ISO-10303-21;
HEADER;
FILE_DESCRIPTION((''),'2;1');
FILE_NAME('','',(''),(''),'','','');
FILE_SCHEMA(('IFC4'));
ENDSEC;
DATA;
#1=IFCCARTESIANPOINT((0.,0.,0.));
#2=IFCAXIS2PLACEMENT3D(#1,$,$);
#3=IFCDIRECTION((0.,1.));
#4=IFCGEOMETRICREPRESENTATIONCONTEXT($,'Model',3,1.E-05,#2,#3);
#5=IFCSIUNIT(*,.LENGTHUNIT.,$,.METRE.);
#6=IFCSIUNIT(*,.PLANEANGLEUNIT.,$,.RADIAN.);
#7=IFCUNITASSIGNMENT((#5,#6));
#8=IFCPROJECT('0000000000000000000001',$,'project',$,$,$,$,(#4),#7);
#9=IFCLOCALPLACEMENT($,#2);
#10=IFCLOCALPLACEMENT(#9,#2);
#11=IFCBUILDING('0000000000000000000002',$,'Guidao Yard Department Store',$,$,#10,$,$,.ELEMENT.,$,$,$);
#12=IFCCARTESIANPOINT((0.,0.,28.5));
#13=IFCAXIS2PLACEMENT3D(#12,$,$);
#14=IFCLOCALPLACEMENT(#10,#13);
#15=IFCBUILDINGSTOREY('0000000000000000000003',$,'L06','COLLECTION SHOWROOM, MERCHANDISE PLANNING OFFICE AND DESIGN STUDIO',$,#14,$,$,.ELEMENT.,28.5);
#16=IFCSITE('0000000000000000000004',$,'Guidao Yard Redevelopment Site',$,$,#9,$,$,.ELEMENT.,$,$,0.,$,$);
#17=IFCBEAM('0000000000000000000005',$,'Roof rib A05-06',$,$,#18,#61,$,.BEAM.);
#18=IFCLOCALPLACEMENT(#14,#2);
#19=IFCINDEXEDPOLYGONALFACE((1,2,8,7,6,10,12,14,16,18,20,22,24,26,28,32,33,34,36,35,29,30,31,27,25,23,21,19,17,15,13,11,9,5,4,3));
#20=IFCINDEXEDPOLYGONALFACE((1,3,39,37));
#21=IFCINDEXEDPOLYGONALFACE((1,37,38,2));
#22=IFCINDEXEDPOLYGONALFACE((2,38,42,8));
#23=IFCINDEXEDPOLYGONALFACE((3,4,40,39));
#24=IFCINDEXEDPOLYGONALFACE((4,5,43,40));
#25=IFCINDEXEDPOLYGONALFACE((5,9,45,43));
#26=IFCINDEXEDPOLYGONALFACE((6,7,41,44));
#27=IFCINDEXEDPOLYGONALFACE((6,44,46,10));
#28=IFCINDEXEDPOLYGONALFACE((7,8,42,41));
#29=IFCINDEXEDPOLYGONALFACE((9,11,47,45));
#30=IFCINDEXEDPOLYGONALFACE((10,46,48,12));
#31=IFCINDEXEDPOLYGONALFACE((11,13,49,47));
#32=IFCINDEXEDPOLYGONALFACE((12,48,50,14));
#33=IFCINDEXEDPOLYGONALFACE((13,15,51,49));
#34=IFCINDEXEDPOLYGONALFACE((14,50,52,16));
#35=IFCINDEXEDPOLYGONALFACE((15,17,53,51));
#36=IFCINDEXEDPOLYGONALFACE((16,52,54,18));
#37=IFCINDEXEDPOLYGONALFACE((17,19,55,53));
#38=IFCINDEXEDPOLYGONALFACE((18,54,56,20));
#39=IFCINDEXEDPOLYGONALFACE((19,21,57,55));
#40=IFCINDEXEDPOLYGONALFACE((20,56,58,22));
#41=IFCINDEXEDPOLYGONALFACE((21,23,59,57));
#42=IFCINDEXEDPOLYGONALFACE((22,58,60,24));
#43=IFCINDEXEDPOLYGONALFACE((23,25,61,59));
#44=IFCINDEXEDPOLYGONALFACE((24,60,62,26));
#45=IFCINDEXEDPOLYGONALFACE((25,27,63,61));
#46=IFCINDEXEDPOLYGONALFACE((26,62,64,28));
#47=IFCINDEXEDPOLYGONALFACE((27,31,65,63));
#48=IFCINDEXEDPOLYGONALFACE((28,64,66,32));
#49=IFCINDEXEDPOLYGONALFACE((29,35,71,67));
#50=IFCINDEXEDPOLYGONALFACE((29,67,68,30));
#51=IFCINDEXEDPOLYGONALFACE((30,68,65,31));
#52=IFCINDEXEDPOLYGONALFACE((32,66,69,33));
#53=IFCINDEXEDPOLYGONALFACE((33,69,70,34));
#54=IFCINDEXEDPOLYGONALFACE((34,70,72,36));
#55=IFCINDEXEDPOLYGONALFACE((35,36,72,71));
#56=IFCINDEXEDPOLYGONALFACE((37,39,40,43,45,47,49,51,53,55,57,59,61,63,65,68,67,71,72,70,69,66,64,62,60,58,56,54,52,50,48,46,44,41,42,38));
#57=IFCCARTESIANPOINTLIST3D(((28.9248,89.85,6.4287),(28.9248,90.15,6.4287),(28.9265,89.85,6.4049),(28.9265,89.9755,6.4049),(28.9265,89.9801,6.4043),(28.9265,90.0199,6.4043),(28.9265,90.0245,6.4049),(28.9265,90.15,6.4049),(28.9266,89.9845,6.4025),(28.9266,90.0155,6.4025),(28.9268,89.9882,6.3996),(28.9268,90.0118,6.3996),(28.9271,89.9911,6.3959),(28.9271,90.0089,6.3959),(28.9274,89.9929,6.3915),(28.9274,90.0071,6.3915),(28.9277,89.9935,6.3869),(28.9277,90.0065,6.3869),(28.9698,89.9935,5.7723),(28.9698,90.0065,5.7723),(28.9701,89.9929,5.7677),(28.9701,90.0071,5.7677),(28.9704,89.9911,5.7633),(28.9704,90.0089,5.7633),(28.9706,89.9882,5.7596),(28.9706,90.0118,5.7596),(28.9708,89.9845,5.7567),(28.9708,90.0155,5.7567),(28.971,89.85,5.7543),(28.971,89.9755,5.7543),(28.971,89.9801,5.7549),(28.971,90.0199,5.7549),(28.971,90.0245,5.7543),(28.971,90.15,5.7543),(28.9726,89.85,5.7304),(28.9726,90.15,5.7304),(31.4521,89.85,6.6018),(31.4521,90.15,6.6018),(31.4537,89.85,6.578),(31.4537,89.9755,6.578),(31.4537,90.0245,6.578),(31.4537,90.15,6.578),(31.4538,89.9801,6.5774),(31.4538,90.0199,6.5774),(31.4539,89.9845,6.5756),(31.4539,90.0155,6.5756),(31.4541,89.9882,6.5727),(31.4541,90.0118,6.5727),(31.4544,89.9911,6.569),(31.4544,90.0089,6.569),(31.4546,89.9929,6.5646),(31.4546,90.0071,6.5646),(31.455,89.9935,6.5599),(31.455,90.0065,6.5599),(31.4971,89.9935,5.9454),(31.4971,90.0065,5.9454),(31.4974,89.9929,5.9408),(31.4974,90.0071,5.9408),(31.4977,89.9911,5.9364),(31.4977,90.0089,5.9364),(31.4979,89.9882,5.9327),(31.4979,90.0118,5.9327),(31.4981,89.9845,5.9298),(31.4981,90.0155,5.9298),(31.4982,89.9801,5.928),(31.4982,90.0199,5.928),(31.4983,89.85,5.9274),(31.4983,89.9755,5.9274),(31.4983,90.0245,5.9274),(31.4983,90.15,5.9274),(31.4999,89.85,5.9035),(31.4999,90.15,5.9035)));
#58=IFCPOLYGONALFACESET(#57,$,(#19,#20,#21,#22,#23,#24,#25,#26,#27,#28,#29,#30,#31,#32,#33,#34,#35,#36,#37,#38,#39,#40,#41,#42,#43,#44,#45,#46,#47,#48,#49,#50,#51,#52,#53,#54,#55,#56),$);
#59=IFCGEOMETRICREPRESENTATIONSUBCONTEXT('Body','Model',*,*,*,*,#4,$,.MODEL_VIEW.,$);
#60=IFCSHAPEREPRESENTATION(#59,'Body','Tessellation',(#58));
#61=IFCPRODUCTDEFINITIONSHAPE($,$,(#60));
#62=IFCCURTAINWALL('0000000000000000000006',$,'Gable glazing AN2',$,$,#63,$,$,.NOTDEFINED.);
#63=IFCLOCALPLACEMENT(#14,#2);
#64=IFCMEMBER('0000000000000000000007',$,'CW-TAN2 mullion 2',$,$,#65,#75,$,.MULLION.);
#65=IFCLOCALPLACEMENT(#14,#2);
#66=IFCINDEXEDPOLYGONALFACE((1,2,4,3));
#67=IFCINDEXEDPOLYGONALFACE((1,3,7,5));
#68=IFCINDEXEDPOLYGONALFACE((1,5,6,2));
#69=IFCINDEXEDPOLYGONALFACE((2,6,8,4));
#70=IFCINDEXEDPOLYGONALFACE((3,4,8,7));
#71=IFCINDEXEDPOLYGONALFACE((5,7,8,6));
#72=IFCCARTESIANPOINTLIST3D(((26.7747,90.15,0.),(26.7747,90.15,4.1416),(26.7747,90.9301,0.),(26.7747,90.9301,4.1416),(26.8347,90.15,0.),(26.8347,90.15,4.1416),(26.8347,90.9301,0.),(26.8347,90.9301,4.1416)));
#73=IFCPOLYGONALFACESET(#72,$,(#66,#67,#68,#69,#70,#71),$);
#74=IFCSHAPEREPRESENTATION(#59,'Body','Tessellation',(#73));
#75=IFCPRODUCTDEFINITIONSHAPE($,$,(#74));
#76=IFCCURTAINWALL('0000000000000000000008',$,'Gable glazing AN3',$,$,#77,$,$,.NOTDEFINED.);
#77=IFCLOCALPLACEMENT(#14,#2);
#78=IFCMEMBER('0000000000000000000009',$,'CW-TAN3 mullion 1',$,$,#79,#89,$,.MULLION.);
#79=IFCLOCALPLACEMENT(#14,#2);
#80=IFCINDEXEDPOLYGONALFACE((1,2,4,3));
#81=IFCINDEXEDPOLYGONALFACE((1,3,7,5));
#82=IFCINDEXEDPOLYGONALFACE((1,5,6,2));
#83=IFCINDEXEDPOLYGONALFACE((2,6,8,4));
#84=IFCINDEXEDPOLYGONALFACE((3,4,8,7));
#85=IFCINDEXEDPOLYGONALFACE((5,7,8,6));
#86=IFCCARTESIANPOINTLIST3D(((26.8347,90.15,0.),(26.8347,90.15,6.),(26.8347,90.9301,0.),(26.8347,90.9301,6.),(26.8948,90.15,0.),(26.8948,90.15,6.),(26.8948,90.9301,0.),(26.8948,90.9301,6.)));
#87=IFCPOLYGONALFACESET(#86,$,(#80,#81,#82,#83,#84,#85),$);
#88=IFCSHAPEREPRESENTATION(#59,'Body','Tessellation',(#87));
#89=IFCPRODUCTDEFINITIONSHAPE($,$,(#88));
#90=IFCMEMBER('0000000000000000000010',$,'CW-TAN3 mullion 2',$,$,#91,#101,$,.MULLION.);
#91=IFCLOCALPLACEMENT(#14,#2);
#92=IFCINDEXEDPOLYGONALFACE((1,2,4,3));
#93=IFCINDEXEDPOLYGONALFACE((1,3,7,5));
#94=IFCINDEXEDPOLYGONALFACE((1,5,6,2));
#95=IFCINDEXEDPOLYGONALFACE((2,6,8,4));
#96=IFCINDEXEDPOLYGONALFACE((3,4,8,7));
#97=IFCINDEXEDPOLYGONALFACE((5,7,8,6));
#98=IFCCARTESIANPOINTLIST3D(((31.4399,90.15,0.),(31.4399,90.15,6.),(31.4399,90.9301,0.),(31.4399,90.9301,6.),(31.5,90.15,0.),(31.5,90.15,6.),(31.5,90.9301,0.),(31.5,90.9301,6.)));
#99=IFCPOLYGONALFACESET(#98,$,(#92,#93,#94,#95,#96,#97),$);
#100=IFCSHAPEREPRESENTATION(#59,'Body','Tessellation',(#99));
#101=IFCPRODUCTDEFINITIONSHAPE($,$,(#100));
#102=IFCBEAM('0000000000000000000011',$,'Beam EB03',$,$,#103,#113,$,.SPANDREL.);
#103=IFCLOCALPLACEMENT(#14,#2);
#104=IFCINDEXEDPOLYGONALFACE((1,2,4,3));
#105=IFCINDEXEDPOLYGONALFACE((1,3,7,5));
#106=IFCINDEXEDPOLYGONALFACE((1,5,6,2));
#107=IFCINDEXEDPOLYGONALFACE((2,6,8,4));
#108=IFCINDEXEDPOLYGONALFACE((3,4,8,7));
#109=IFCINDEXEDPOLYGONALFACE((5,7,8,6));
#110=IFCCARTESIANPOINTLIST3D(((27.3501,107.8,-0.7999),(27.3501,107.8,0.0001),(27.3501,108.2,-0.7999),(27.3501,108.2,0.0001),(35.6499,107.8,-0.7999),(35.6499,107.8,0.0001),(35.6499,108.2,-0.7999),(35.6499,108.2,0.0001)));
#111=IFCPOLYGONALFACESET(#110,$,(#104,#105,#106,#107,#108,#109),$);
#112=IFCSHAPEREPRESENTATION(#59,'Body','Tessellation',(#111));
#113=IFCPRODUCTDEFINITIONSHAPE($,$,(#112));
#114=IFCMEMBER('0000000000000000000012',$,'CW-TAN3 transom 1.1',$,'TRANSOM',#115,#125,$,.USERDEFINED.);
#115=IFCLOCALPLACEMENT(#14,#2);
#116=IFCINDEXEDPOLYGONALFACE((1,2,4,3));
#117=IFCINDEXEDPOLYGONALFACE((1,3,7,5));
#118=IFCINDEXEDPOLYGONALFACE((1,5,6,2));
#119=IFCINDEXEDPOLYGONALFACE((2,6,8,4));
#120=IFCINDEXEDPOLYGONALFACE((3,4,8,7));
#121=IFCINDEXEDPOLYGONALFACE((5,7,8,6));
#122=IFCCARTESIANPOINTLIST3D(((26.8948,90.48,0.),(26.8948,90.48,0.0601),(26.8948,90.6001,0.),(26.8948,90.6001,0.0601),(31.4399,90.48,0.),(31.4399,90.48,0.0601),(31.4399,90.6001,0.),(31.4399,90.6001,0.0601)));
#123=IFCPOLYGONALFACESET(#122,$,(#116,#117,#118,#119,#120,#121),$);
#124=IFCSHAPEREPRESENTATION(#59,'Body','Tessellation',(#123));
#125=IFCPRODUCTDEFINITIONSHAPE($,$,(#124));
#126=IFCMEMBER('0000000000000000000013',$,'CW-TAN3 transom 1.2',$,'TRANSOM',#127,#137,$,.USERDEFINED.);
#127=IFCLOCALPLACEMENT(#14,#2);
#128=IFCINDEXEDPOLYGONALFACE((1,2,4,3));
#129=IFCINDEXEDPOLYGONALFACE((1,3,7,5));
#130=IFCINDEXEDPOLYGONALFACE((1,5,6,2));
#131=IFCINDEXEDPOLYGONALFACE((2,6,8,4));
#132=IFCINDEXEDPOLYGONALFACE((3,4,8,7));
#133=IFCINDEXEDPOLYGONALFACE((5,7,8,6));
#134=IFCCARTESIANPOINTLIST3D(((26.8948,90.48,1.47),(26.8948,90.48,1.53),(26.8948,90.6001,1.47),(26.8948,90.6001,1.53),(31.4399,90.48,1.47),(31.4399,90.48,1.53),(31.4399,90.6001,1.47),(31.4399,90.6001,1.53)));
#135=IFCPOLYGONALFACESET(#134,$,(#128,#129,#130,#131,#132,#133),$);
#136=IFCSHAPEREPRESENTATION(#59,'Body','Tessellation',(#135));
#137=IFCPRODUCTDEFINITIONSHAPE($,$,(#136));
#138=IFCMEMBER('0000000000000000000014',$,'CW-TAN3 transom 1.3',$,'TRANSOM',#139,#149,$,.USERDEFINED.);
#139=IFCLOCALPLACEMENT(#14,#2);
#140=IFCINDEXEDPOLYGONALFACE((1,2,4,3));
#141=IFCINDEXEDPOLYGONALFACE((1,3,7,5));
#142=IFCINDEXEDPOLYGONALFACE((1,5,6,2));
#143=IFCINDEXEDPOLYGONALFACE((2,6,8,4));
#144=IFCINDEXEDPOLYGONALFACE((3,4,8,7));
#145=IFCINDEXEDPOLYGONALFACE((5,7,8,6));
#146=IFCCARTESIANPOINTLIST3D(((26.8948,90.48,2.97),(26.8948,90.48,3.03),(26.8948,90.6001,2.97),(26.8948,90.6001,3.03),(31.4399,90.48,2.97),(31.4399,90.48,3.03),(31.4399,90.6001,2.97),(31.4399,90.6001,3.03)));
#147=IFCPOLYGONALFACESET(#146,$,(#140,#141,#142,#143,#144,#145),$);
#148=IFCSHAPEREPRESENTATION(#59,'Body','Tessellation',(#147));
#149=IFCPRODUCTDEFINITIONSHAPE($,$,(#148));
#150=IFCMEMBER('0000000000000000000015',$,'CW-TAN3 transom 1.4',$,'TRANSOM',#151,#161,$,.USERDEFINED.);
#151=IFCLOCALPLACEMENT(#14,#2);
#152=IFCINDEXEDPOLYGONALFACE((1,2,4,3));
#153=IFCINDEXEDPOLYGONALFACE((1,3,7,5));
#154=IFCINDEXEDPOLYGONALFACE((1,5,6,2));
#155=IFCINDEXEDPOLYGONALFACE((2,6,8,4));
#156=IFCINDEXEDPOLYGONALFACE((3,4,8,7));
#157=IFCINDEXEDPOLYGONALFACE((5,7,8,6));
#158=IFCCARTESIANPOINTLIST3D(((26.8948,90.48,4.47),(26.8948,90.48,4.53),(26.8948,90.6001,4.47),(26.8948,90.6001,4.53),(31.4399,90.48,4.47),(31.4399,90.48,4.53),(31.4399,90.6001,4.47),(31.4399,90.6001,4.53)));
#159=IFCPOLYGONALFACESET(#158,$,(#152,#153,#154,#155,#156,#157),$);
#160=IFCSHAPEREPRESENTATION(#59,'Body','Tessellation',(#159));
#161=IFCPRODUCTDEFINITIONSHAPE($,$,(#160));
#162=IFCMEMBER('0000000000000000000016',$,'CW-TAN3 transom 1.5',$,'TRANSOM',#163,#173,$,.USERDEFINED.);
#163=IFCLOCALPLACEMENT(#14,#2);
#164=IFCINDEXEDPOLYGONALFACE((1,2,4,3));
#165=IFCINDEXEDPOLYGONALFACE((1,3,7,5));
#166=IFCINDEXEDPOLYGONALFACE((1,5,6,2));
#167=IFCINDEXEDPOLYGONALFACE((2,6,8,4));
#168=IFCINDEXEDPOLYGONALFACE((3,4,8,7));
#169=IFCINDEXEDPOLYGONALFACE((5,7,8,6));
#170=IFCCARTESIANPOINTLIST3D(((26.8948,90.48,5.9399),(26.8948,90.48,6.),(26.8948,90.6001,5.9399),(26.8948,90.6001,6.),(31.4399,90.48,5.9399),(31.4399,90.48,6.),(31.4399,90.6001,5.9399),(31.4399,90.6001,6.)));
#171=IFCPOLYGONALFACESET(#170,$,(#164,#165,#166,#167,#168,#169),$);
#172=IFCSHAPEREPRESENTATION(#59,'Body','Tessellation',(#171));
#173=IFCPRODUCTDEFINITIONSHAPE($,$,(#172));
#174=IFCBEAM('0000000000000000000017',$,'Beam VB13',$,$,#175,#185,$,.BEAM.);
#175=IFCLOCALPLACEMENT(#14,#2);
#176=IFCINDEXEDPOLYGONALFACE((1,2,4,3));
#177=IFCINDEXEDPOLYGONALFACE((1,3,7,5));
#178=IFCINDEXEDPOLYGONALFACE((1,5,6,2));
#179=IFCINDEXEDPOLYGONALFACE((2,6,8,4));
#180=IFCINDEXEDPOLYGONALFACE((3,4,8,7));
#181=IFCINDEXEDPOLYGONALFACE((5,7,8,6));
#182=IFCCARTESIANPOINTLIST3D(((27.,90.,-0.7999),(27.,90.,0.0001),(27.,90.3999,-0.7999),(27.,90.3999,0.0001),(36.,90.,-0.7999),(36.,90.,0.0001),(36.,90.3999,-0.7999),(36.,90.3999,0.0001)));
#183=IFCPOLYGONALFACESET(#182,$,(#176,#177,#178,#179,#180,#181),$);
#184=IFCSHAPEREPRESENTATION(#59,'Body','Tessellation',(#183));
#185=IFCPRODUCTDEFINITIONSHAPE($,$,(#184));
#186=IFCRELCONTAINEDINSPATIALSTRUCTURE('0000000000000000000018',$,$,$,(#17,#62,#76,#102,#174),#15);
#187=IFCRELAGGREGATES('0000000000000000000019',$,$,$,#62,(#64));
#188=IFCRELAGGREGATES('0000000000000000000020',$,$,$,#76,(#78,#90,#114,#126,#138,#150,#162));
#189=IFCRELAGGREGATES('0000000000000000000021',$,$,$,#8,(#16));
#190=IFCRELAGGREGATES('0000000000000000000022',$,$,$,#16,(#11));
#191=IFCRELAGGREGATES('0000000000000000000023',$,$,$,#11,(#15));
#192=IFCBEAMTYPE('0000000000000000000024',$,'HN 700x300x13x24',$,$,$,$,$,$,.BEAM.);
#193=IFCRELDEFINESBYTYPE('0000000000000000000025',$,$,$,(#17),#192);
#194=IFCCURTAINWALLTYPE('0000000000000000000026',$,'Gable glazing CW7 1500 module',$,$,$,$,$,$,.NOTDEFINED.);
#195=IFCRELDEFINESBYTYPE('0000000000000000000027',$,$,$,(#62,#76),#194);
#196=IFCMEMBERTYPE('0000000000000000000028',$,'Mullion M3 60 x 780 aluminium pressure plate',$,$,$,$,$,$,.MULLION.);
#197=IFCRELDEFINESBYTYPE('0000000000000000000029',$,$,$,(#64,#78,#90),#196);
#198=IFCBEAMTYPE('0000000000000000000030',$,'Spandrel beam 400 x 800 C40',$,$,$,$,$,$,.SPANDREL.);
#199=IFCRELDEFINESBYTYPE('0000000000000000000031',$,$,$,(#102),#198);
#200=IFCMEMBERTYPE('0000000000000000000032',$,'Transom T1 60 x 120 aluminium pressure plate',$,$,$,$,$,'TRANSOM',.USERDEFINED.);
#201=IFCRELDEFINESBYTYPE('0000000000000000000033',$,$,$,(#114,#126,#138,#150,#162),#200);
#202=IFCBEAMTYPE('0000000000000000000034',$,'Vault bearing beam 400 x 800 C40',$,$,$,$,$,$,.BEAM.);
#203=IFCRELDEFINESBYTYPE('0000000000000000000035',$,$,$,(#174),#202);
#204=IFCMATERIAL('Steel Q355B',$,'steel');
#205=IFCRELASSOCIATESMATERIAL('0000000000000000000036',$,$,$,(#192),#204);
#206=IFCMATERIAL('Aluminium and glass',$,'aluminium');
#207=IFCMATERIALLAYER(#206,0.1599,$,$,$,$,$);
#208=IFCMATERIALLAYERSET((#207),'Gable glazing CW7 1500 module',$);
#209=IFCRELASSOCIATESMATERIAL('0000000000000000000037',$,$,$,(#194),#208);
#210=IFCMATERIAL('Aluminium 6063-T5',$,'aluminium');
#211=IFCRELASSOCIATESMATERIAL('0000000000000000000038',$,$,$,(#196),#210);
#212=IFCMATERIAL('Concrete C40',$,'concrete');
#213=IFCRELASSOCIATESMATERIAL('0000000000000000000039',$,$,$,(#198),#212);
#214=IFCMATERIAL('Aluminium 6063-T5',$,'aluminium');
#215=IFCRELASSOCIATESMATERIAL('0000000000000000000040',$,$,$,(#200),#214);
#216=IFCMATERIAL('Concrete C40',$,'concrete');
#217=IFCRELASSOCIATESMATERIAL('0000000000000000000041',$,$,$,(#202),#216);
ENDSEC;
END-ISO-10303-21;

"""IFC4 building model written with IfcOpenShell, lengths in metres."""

from ifc_helpers import new_model, si_unit, direction, frame, origin, origin_2d, place, context, subcontext, project, spatial, rectangle, i_section, extrude, material, layer, layer_set, material_profile, profile_set, type_object, element, aggregate, save


model = new_model("IFC4")

# Units and contexts
model_context = context("Model", 3, precision=1e-05, world=origin(), true_north=direction((0.0, 1.0)))
body_context = subcontext(model_context, "Body", "Model", "MODEL_VIEW")
ifc_project = project(units=[si_unit("LENGTHUNIT", "METRE"), si_unit("PLANEANGLEUNIT", "RADIAN")], contexts=[model_context])

# Site, building, storey
site_placement = place(None, origin())
site = spatial("IfcSite", under=ifc_project, at=site_placement, Name="Guidao Yard Redevelopment Site", CompositionType="ELEMENT", RefElevation=0.0)
building_placement = place(site_placement, origin())
building = spatial("IfcBuilding", under=site, at=building_placement, Name="Guidao Yard Department Store", CompositionType="ELEMENT")
storey_placement = place(building_placement, frame((0.0, 0.0, 28.5)))
storey = spatial("IfcBuildingStorey", under=building, at=storey_placement, Name="L06", Description="COLLECTION SHOWROOM, MERCHANDISE PLANNING OFFICE AND DESIGN STUDIO", CompositionType="ELEMENT", Elevation=28.5)

# Beam
ifc_material_1 = material(Name="Steel Q355B", Category="steel")
ifc_material_profile_1 = material_profile(ifc_material_1, i_section(OverallWidth=0.3, OverallDepth=0.7, WebThickness=0.0129, FlangeThickness=0.0239, FilletRadius=0.0181, at=origin_2d()), Name="HN 700x300x13x24")
ifc_profile_set_1 = profile_set([ifc_material_profile_1], Name="Steel Q355B")
beam_type_1 = type_object("IfcBeamType", Name="HN 700x300x13x24", PredefinedType="BEAM", material=ifc_profile_set_1)
beam_1_placement = place(storey_placement, frame((28.9487, 90.0, 6.0796), z_axis=(0.997663, 0.0, 0.068329), x_axis=(0.0, 1.0, 0.0)))
element("IfcBeam", 1, at=beam_1_placement, inside=storey, type_object=beam_type_1, Name="Roof rib A05-06", PredefinedType="BEAM", context=body_context, shape_type="SweptSolid", body=[
    extrude(i_section(OverallWidth=0.3, OverallDepth=0.7, WebThickness=0.0129, FlangeThickness=0.0239, FilletRadius=0.0181, at=origin_2d()), origin(), (0.0, 0.0, 1.0), 2.5332),
])

# Curtain wall, member
ifc_material_2 = material(Name="Aluminium and glass", Category="aluminium")
ifc_layer_1 = layer(ifc_material_2, 0.1599)
ifc_layer_set_1 = layer_set([ifc_layer_1], Name="Gable glazing CW7 1500 module")
curtain_wall_type = type_object("IfcCurtainWallType", Name="Gable glazing CW7 1500 module", PredefinedType="NOTDEFINED", material=ifc_layer_set_1)
curtain_wall_1_placement = place(storey_placement, origin())
curtain_wall_1 = element("IfcCurtainWall", 2, at=curtain_wall_1_placement, inside=storey, type_object=curtain_wall_type, Name="Gable glazing AN2", PredefinedType="NOTDEFINED")
ifc_material_3 = material(Name="Aluminium 6063-T5", Category="aluminium")
ifc_material_profile_2 = material_profile(ifc_material_3, rectangle(XDim=0.0601, YDim=0.78, at=origin_2d()), Name="Mullion M3 60 x 780 aluminium pressure plate")
ifc_profile_set_2 = profile_set([ifc_material_profile_2], Name="Aluminium 6063-T5")
member_type_1 = type_object("IfcMemberType", Name="Mullion M3 60 x 780 aluminium pressure plate", PredefinedType="MULLION", material=ifc_profile_set_2)
member_1_placement = place(storey_placement, frame((26.8047, 90.54, 0.0), z_axis=(0.0, 0.0, 1.0), x_axis=(1.0, 0.0, 0.0)))
member_1 = element("IfcMember", 3, at=member_1_placement, type_object=member_type_1, Name="CW-TAN2 mullion 2", PredefinedType="MULLION", context=body_context, shape_type="SweptSolid", body=[
    extrude(rectangle(XDim=0.0601, YDim=0.78, at=origin_2d()), origin(), (0.0, 0.0, 1.0), 4.1416),
])

# Curtain wall, members
curtain_wall_2_placement = place(storey_placement, origin())
curtain_wall_2 = element("IfcCurtainWall", 4, at=curtain_wall_2_placement, inside=storey, type_object=curtain_wall_type, Name="Gable glazing AN3", PredefinedType="NOTDEFINED")
member_2_placement = place(storey_placement, frame((26.8647, 90.54, 0.0), z_axis=(0.0, 0.0, 1.0), x_axis=(1.0, 0.0, 0.0)))
member_2 = element("IfcMember", 5, at=member_2_placement, type_object=member_type_1, Name="CW-TAN3 mullion 1", PredefinedType="MULLION", context=body_context, shape_type="SweptSolid", body=[
    extrude(rectangle(XDim=0.0601, YDim=0.78, at=origin_2d()), origin(), (0.0, 0.0, 1.0), 6.0),
])
member_3_placement = place(storey_placement, frame((31.47, 90.54, 0.0), z_axis=(0.0, 0.0, 1.0), x_axis=(1.0, 0.0, 0.0)))
member_3 = element("IfcMember", 6, at=member_3_placement, type_object=member_type_1, Name="CW-TAN3 mullion 2", PredefinedType="MULLION", context=body_context, shape_type="SweptSolid", body=[
    extrude(rectangle(XDim=0.0601, YDim=0.78, at=origin_2d()), origin(), (0.0, 0.0, 1.0), 6.0),
])

# Beam
ifc_material_4 = material(Name="Concrete C40", Category="concrete")
ifc_material_profile_3 = material_profile(ifc_material_4, rectangle(XDim=0.3999, YDim=0.8, at=origin_2d()), Name="Spandrel beam 400 x 800 C40")
ifc_profile_set_3 = profile_set([ifc_material_profile_3], Name="Concrete C40")
beam_type_2 = type_object("IfcBeamType", Name="Spandrel beam 400 x 800 C40", PredefinedType="SPANDREL", material=ifc_profile_set_3)
beam_2_placement = place(storey_placement, frame((27.3501, 108.0, -0.3999), z_axis=(1.0, 0.0, 0.0), x_axis=(0.0, 1.0, 0.0)))
element("IfcBeam", 7, at=beam_2_placement, inside=storey, type_object=beam_type_2, Name="Beam EB03", PredefinedType="SPANDREL", context=body_context, shape_type="SweptSolid", body=[
    extrude(rectangle(XDim=0.3999, YDim=0.8, at=origin_2d()), origin(), (0.0, 0.0, 1.0), 8.2998),
])

# Members
ifc_material_5 = material(Name="Aluminium 6063-T5", Category="aluminium")
ifc_material_profile_4 = material_profile(ifc_material_5, rectangle(XDim=0.1201, YDim=0.0601, at=origin_2d()), Name="Transom T1 60 x 120 aluminium pressure plate")
ifc_profile_set_4 = profile_set([ifc_material_profile_4], Name="Aluminium 6063-T5")
member_type_2 = type_object("IfcMemberType", Name="Transom T1 60 x 120 aluminium pressure plate", ElementType="TRANSOM", PredefinedType="USERDEFINED", material=ifc_profile_set_4)
member_4_placement = place(storey_placement, frame((26.8948, 90.54, 0.03), z_axis=(1.0, 0.0, 0.0), x_axis=(0.0, 1.0, 0.0)))
member_4 = element("IfcMember", 8, at=member_4_placement, type_object=member_type_2, Name="CW-TAN3 transom 1.1", ObjectType="TRANSOM", PredefinedType="USERDEFINED", context=body_context, shape_type="SweptSolid", body=[
    extrude(rectangle(XDim=0.1201, YDim=0.0601, at=origin_2d()), origin(), (0.0, 0.0, 1.0), 4.5452),
])
member_5_placement = place(storey_placement, frame((26.8948, 90.54, 1.5), z_axis=(1.0, 0.0, 0.0), x_axis=(0.0, 1.0, 0.0)))
member_5 = element("IfcMember", 9, at=member_5_placement, type_object=member_type_2, Name="CW-TAN3 transom 1.2", ObjectType="TRANSOM", PredefinedType="USERDEFINED", context=body_context, shape_type="SweptSolid", body=[
    extrude(rectangle(XDim=0.1201, YDim=0.0601, at=origin_2d()), origin(), (0.0, 0.0, 1.0), 4.5452),
])
member_6_placement = place(storey_placement, frame((26.8948, 90.54, 3.0), z_axis=(1.0, 0.0, 0.0), x_axis=(0.0, 1.0, 0.0)))
member_6 = element("IfcMember", 10, at=member_6_placement, type_object=member_type_2, Name="CW-TAN3 transom 1.3", ObjectType="TRANSOM", PredefinedType="USERDEFINED", context=body_context, shape_type="SweptSolid", body=[
    extrude(rectangle(XDim=0.1201, YDim=0.0601, at=origin_2d()), origin(), (0.0, 0.0, 1.0), 4.5452),
])
member_7_placement = place(storey_placement, frame((26.8948, 90.54, 4.5), z_axis=(1.0, 0.0, 0.0), x_axis=(0.0, 1.0, 0.0)))
member_7 = element("IfcMember", 11, at=member_7_placement, type_object=member_type_2, Name="CW-TAN3 transom 1.4", ObjectType="TRANSOM", PredefinedType="USERDEFINED", context=body_context, shape_type="SweptSolid", body=[
    extrude(rectangle(XDim=0.1201, YDim=0.0601, at=origin_2d()), origin(), (0.0, 0.0, 1.0), 4.5452),
])
member_8_placement = place(storey_placement, frame((26.8948, 90.54, 5.97), z_axis=(1.0, 0.0, 0.0), x_axis=(0.0, 1.0, 0.0)))
member_8 = element("IfcMember", 12, at=member_8_placement, type_object=member_type_2, Name="CW-TAN3 transom 1.5", ObjectType="TRANSOM", PredefinedType="USERDEFINED", context=body_context, shape_type="SweptSolid", body=[
    extrude(rectangle(XDim=0.1201, YDim=0.0601, at=origin_2d()), origin(), (0.0, 0.0, 1.0), 4.5452),
])

# Beam
ifc_material_6 = material(Name="Concrete C40", Category="concrete")
ifc_material_profile_5 = material_profile(ifc_material_6, rectangle(XDim=0.3999, YDim=0.8, at=origin_2d()), Name="Vault bearing beam 400 x 800 C40")
ifc_profile_set_5 = profile_set([ifc_material_profile_5], Name="Concrete C40")
beam_type_3 = type_object("IfcBeamType", Name="Vault bearing beam 400 x 800 C40", PredefinedType="BEAM", material=ifc_profile_set_5)
beam_3_placement = place(storey_placement, frame((27.0, 90.2, -0.3999), z_axis=(1.0, 0.0, 0.0), x_axis=(0.0, 1.0, 0.0)))
element("IfcBeam", 13, at=beam_3_placement, inside=storey, type_object=beam_type_3, Name="Beam VB13", PredefinedType="BEAM", context=body_context, shape_type="SweptSolid", body=[
    extrude(rectangle(XDim=0.3999, YDim=0.8, at=origin_2d()), origin(), (0.0, 0.0, 1.0), 9.0),
])

aggregate(curtain_wall_1, [member_1])
aggregate(curtain_wall_2, [member_2, member_3, member_4, member_5, member_6, member_7, member_8])

save(model, "model.ifc")
